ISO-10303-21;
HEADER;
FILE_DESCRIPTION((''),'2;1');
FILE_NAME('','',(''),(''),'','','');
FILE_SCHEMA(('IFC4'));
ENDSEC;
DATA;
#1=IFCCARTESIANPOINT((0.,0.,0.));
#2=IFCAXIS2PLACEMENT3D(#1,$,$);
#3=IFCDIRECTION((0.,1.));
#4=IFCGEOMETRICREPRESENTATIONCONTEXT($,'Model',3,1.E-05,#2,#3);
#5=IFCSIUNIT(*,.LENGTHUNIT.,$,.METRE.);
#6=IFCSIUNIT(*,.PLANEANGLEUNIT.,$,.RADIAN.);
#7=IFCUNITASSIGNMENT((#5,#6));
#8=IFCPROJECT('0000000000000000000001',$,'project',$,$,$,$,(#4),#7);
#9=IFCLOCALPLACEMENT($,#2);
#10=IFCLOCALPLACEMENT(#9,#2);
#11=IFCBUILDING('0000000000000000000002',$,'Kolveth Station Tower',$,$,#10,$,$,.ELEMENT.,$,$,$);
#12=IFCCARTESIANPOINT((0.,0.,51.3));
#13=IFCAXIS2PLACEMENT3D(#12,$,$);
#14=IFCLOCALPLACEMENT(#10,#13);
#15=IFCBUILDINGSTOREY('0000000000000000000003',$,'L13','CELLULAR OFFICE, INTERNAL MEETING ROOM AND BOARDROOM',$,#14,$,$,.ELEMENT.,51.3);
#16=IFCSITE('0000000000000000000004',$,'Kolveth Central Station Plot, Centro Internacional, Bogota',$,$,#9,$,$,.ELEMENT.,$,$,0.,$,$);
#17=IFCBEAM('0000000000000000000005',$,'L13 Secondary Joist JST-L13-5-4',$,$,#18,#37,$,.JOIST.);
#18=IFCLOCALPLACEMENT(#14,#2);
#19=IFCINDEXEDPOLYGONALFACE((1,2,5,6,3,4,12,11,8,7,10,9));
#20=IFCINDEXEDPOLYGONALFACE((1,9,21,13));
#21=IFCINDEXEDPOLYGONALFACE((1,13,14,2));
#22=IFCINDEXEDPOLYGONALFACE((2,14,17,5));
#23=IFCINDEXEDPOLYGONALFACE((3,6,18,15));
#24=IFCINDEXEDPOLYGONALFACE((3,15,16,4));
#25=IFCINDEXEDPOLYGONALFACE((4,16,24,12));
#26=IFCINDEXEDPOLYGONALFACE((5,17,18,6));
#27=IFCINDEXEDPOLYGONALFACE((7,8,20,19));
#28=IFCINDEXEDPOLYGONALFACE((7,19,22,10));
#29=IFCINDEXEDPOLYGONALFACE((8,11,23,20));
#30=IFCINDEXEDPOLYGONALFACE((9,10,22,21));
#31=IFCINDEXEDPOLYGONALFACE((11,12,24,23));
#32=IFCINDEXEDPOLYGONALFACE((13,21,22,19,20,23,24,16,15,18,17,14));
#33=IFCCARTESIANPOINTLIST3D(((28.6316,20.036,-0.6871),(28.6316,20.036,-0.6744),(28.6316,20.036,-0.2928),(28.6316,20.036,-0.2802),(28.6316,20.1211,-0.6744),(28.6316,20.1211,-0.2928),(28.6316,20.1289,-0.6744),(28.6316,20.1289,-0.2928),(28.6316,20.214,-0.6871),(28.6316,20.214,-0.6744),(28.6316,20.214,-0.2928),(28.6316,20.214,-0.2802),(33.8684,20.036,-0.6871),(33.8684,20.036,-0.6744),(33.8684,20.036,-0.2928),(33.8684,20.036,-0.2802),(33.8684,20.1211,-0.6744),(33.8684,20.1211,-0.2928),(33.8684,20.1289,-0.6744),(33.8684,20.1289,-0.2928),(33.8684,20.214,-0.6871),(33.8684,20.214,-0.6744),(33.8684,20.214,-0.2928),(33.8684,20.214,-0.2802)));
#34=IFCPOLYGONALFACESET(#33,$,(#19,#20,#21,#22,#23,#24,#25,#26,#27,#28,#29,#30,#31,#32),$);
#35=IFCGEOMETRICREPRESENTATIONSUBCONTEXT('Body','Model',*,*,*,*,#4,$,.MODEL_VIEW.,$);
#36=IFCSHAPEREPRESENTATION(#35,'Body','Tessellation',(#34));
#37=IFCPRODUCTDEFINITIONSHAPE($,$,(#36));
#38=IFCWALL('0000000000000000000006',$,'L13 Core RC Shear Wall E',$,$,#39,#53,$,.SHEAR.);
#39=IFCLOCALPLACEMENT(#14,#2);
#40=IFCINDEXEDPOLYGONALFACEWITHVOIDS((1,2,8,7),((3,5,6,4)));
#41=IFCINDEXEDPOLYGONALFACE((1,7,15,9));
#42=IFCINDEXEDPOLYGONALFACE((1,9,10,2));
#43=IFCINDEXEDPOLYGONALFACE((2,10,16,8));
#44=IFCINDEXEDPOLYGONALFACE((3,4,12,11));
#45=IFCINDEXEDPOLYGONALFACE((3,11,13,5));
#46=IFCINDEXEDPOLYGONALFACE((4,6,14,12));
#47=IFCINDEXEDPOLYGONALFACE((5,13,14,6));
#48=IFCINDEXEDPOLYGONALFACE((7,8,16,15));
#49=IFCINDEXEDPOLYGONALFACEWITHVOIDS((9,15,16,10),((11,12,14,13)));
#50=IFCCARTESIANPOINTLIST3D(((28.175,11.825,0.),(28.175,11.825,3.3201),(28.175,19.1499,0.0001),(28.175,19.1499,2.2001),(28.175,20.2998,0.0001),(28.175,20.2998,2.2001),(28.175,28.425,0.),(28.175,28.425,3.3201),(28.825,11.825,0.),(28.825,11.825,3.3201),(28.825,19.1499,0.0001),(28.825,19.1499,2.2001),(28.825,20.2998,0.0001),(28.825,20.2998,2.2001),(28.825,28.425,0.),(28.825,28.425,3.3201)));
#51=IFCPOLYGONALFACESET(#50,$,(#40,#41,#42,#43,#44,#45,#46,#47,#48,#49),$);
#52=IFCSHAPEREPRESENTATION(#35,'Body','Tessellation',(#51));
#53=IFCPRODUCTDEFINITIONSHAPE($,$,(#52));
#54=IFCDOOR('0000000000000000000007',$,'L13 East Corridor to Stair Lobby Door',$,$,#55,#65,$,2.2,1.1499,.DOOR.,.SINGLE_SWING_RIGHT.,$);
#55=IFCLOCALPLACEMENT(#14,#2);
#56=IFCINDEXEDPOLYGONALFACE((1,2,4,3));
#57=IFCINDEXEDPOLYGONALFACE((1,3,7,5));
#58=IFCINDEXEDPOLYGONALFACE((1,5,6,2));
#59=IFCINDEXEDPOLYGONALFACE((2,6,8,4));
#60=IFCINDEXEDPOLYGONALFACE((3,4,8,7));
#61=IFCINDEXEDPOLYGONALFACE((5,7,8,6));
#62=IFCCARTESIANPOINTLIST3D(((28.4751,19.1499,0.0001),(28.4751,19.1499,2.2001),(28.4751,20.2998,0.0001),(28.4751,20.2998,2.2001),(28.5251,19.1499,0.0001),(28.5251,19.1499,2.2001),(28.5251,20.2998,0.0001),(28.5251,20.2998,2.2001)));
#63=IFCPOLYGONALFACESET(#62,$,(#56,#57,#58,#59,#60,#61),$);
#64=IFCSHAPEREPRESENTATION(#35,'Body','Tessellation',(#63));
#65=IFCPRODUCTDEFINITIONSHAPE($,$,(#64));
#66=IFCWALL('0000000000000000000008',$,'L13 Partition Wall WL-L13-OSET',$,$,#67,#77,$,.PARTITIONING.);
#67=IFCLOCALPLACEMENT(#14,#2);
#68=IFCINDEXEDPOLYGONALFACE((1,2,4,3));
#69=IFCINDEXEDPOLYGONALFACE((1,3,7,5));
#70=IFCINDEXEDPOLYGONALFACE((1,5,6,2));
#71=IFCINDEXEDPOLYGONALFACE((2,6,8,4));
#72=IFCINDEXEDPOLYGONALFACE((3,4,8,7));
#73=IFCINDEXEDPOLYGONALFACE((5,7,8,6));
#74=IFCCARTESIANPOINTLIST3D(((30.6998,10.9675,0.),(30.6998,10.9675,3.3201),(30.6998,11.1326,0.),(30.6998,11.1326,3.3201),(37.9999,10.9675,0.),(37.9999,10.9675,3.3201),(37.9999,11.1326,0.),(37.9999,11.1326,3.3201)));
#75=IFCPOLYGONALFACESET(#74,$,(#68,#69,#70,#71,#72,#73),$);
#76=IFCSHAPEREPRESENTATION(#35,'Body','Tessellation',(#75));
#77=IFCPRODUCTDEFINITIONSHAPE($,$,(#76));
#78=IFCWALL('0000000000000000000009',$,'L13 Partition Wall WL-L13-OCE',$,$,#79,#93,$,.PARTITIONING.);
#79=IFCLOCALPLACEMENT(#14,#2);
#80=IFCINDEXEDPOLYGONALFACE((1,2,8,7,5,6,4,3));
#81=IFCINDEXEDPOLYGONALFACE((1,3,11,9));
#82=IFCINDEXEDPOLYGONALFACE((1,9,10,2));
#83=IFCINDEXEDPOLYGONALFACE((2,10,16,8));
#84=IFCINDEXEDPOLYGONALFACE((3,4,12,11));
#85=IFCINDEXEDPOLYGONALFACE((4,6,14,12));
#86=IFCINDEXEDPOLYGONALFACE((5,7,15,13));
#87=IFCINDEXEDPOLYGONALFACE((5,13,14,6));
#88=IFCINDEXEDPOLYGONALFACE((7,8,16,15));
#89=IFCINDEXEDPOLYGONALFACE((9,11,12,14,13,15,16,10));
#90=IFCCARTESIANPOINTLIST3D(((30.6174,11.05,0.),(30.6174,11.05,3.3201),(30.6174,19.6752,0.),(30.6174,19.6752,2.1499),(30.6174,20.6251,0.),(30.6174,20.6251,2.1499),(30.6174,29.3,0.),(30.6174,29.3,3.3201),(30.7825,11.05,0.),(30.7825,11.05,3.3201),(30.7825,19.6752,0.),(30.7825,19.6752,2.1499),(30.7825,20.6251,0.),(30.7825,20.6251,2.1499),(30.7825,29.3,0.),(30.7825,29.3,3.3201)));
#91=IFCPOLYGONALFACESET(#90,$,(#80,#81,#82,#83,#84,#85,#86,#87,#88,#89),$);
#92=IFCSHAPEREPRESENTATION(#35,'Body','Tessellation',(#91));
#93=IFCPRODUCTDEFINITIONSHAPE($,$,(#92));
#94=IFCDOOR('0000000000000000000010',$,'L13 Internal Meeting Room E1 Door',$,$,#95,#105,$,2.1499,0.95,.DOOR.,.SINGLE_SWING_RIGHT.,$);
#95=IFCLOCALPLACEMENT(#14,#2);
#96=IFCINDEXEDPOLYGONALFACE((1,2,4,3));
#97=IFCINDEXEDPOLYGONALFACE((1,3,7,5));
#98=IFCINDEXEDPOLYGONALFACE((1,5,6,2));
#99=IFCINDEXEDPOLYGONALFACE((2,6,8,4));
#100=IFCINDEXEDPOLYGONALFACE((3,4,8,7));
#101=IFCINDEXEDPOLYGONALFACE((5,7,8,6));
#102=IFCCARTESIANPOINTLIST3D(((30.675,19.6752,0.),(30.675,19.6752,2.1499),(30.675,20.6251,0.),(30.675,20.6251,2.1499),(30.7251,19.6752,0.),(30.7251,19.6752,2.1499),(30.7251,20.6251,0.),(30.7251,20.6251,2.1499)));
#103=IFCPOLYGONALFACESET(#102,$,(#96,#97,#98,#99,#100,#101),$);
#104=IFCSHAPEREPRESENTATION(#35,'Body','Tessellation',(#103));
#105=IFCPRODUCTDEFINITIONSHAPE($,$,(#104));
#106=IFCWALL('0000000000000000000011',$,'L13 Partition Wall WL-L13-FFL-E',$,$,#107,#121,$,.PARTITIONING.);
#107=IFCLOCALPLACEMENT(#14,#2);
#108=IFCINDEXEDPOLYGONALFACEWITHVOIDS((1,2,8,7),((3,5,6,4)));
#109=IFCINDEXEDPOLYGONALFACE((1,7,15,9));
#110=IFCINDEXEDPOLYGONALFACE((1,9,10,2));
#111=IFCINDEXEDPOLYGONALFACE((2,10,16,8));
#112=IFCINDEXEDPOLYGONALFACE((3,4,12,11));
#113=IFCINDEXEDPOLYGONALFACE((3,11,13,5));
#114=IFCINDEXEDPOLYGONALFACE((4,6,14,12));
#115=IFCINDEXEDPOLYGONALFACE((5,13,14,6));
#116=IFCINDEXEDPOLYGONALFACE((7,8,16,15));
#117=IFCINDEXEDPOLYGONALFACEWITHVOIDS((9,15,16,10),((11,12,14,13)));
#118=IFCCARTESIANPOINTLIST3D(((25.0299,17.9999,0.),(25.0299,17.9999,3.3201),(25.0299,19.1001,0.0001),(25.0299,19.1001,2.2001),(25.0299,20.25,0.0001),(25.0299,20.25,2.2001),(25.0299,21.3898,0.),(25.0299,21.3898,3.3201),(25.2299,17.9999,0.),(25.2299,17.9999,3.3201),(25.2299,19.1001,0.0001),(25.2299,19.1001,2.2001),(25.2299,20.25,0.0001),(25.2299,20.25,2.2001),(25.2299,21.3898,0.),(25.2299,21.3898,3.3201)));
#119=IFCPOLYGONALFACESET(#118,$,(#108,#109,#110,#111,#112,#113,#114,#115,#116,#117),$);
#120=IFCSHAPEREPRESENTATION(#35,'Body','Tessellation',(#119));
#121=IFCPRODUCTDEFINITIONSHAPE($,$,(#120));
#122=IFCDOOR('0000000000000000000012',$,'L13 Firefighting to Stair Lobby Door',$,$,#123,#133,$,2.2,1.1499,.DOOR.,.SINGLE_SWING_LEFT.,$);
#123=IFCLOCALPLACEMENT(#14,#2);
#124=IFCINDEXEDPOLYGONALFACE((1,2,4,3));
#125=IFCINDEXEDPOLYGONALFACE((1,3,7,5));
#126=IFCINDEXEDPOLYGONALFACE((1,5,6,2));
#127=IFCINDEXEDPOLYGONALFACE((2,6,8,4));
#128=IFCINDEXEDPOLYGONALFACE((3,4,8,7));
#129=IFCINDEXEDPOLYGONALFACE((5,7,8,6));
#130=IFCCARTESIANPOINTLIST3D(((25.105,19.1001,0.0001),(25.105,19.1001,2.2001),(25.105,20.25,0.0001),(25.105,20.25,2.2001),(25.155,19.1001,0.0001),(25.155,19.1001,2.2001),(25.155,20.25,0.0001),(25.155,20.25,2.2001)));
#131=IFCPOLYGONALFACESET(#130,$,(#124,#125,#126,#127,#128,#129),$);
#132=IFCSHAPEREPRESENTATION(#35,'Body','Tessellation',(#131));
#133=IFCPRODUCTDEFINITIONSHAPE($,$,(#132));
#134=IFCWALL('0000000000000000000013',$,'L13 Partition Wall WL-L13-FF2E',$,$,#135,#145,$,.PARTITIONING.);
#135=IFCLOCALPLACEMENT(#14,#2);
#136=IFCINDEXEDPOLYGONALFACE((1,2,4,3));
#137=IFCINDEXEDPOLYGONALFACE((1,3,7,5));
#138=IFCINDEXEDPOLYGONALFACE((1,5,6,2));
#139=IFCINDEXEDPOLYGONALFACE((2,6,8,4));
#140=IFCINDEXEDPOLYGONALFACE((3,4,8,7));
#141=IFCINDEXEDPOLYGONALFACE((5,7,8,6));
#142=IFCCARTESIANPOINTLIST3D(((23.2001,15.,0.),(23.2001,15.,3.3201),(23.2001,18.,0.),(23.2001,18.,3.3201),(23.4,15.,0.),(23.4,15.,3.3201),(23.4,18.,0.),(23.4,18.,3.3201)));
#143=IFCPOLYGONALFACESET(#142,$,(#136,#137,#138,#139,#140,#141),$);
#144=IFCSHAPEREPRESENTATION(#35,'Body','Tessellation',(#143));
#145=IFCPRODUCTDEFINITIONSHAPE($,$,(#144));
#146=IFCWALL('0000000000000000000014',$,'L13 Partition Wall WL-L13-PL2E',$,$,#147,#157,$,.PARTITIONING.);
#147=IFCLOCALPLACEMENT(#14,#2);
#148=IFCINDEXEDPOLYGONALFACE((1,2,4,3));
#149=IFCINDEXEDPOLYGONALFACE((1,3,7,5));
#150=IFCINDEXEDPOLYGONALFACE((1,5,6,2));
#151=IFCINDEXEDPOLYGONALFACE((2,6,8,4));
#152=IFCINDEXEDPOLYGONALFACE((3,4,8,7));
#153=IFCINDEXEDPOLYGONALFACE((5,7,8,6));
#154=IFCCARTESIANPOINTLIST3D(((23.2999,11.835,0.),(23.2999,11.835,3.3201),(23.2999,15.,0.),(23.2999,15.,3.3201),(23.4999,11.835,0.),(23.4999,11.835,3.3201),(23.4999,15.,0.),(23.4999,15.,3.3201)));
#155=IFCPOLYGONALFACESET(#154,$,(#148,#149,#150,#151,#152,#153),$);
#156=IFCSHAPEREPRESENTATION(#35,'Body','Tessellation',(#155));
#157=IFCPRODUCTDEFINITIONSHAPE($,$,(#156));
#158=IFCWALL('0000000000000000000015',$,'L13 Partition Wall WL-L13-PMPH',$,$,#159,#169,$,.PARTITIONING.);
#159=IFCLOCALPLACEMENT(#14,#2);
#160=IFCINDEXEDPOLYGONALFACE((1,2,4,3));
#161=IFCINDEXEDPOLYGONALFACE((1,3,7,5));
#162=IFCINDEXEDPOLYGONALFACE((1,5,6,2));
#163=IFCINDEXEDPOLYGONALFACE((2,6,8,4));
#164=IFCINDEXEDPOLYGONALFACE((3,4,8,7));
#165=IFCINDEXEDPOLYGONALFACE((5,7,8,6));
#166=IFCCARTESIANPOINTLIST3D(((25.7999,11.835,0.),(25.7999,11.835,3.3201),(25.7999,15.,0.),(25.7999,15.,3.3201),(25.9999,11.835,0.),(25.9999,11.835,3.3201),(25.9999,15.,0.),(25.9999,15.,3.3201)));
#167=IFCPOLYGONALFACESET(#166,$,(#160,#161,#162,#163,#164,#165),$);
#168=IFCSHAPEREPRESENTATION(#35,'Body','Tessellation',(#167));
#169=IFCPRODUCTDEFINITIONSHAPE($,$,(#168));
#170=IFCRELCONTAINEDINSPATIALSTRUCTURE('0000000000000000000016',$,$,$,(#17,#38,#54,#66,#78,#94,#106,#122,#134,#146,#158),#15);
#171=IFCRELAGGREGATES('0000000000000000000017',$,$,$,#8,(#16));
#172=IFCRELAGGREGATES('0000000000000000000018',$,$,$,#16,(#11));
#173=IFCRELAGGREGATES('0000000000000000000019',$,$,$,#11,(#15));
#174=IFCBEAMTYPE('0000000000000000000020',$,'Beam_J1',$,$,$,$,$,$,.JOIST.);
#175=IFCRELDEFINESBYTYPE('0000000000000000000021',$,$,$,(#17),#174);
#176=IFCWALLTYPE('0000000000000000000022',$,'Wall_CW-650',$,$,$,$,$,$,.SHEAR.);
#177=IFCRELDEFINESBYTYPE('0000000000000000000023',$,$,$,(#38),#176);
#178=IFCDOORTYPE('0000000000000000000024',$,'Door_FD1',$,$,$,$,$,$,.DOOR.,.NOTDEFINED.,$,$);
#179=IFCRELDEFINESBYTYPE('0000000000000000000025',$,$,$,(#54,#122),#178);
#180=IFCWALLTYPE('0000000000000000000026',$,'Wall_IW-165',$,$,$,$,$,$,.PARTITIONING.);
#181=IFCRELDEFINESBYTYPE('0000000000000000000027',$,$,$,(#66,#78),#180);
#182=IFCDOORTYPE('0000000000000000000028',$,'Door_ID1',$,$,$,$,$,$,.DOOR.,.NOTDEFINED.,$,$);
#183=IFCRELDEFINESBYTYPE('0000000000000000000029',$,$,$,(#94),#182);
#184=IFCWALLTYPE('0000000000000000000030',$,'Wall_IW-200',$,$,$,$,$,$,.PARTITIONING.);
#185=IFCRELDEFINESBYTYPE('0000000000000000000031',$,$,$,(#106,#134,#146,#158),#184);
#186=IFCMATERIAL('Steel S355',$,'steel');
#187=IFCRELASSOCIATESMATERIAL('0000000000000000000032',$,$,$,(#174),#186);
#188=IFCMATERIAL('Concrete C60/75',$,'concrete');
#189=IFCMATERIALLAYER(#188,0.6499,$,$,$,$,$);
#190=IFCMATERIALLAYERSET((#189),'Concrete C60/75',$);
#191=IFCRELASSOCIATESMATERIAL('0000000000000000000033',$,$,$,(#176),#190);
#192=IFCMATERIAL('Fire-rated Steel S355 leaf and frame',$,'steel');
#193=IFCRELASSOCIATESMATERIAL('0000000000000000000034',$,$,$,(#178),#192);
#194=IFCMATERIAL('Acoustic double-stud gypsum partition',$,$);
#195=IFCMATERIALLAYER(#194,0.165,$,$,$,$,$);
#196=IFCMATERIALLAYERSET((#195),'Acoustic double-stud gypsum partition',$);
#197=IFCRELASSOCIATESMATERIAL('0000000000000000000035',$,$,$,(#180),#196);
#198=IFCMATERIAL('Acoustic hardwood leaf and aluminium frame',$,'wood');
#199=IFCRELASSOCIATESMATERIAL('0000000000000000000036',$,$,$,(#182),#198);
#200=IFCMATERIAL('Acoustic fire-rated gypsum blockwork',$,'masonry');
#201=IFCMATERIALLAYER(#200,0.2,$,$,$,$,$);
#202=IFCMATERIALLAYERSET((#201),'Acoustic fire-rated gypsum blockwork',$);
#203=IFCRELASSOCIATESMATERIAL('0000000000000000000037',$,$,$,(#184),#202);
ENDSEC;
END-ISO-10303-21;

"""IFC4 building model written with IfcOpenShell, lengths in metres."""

from ifc_helpers import new_model, si_unit, direction, frame, frame_2d, origin, origin_2d, place, context, subcontext, project, spatial, rectangle, i_section, extrude, source, transform, mapped, material, layer, layer_set, material_profile, profile_set, type_object, element, fill, save


model = new_model("IFC4")

# Units and contexts
model_context = context("Model", 3, precision=1e-05, world=origin(), true_north=direction((0.0, 1.0)))
body_context = subcontext(model_context, "Body", "Model", "MODEL_VIEW")
ifc_project = project(units=[si_unit("LENGTHUNIT", "METRE"), si_unit("PLANEANGLEUNIT", "RADIAN")], contexts=[model_context])

# Site, building, storey
site_placement = place(None, origin())
site = spatial("IfcSite", under=ifc_project, at=site_placement, Name="Kolveth Central Station Plot, Centro Internacional, Bogota", CompositionType="ELEMENT", RefElevation=0.0)
building_placement = place(site_placement, origin())
building = spatial("IfcBuilding", under=site, at=building_placement, Name="Kolveth Station Tower", CompositionType="ELEMENT")
storey_placement = place(building_placement, frame((0.0, 0.0, 51.3)))
storey = spatial("IfcBuildingStorey", under=building, at=storey_placement, Name="L13", Description="CELLULAR OFFICE, INTERNAL MEETING ROOM AND BOARDROOM", CompositionType="ELEMENT", Elevation=51.3)

# Beam
ifc_material_1 = material(Name="Steel S355", Category="steel")
ifc_material_profile_1 = material_profile(ifc_material_1, i_section(OverallWidth=0.178, OverallDepth=0.407, WebThickness=0.0078, FlangeThickness=0.0127, at=origin_2d()), Name="W410x60")
ifc_profile_set_1 = profile_set([ifc_material_profile_1], Name="Steel S355")
beam_type_1 = type_object("IfcBeamType", Name="Beam_J1", PredefinedType="JOIST", material=ifc_profile_set_1)
shared_shape_1 = source(origin(), body_context, "Body", "SweptSolid", [
    extrude(i_section(OverallWidth=0.178, OverallDepth=0.407, WebThickness=0.0078, FlangeThickness=0.0127, at=origin_2d()), origin(), (0.0, 0.0, 1.0), 5.2368),
])
for number, where, z_axis, x_axis, name in (
    (1, (28.6316, 20.125, -0.4836), (1.0, 0.0, 0.0), (0.0, 1.0, 0.0), "L13 Secondary Joist JST-L13-5-4"),
):
    element("IfcBeam", number, at=place(storey_placement, frame(where, z_axis=z_axis, x_axis=x_axis)), inside=storey, type_object=beam_type_1, Name=name, PredefinedType="JOIST", context=body_context, shape_type="MappedRepresentation", body=[
        mapped(shared_shape_1, transform((0.0, 0.0, 0.0), x_axis=(1.0, 0.0, 0.0), y_axis=(0.0, 1.0, 0.0), z_axis=(0.0, 0.0, 1.0), scale=1.0)),
    ])

# Wall, opening, door
ifc_material_2 = material(Name="Concrete C60/75", Category="concrete")
ifc_layer_1 = layer(ifc_material_2, 0.6499)
ifc_layer_set_1 = layer_set([ifc_layer_1], Name="Concrete C60/75")
wall_type_1 = type_object("IfcWallType", Name="Wall_CW-650", PredefinedType="SHEAR", material=ifc_layer_set_1)
wall_1_placement = place(storey_placement, frame((28.5, 11.825, 0.0), z_axis=(0.0, 0.0, 1.0), x_axis=(0.0, 1.0, 0.0)))
wall_1 = element("IfcWall", 2, at=wall_1_placement, inside=storey, type_object=wall_type_1, Name="L13 Core RC Shear Wall E", PredefinedType="SHEAR", context=body_context, shape_type="SweptSolid", body=[
    extrude(rectangle(XDim=16.6001, YDim=0.6499, at=frame_2d((8.3, 0.0))), origin(), (0.0, 0.0, 1.0), 3.3201),
])
opening_1_placement = place(wall_1_placement, frame((7.325, 0.0, 0.0)))
opening_1 = element("IfcOpeningElement", 3, at=opening_1_placement, cuts=wall_1, PredefinedType="OPENING", context=body_context, shape_type="SweptSolid", body=[
    extrude(rectangle(XDim=1.1499, YDim=2.2, at=frame_2d((0.575, 1.1001))), frame((0.0, 0.335, 0.0), z_axis=(0.0, -1.0, 0.0), x_axis=(1.0, 0.0, 0.0)), (0.0, 0.0, 1.0), 0.6699),
])
ifc_material_3 = material(Name="Fire-rated Steel S355 leaf and frame", Category="steel")
door_type_1 = type_object("IfcDoorType", Name="Door_FD1", OperationType="NOTDEFINED", PredefinedType="DOOR", material=ifc_material_3)
door_1_placement = place(opening_1_placement, origin())
door_1 = element("IfcDoor", 4, at=door_1_placement, inside=storey, type_object=door_type_1, Name="L13 East Corridor to Stair Lobby Door", OperationType="SINGLE_SWING_RIGHT", OverallHeight=2.2, OverallWidth=1.1499, PredefinedType="DOOR", context=body_context, shape_type="SweptSolid", body=[
    extrude(rectangle(XDim=1.1499, YDim=2.2, at=frame_2d((0.575, 1.1001))), frame((0.0, 0.0249, 0.0), z_axis=(0.0, -1.0, 0.0), x_axis=(1.0, 0.0, 0.0)), (0.0, 0.0, 1.0), 0.05),
])
fill(opening_1, door_1)

# Wall
ifc_material_4 = material(Name="Acoustic double-stud gypsum partition")
ifc_layer_2 = layer(ifc_material_4, 0.165)
ifc_layer_set_2 = layer_set([ifc_layer_2], Name="Acoustic double-stud gypsum partition")
wall_type_2 = type_object("IfcWallType", Name="Wall_IW-165", PredefinedType="PARTITIONING", material=ifc_layer_set_2)
wall_2_placement = place(storey_placement, frame((30.7, 11.05, 0.0), z_axis=(0.0, 0.0, 1.0), x_axis=(1.0, 0.0, 0.0)))
element("IfcWall", 5, at=wall_2_placement, inside=storey, type_object=wall_type_2, Name="L13 Partition Wall WL-L13-OSET", PredefinedType="PARTITIONING", context=body_context, shape_type="SweptSolid", body=[
    extrude(rectangle(XDim=7.3, YDim=0.165, at=frame_2d((3.6499, 0.0))), origin(), (0.0, 0.0, 1.0), 3.3201),
])

# Walls, openings, doors
wall_3_placement = place(storey_placement, frame((30.7, 11.05, 0.0), z_axis=(0.0, 0.0, 1.0), x_axis=(0.0, 1.0, 0.0)))
wall_3 = element("IfcWall", 6, at=wall_3_placement, inside=storey, type_object=wall_type_2, Name="L13 Partition Wall WL-L13-OCE", PredefinedType="PARTITIONING", context=body_context, shape_type="SweptSolid", body=[
    extrude(rectangle(XDim=18.25, YDim=0.165, at=frame_2d((9.125, 0.0))), origin(), (0.0, 0.0, 1.0), 3.3201),
])
opening_2_placement = place(wall_3_placement, frame((8.625, 0.0, 0.0)))
opening_2 = element("IfcOpeningElement", 7, at=opening_2_placement, cuts=wall_3, PredefinedType="OPENING", context=body_context, shape_type="SweptSolid", body=[
    extrude(rectangle(XDim=0.95, YDim=2.1499, at=frame_2d((0.4751, 1.075))), frame((0.0, 0.0925, 0.0), z_axis=(0.0, -1.0, 0.0), x_axis=(1.0, 0.0, 0.0)), (0.0, 0.0, 1.0), 0.1851),
])
ifc_material_5 = material(Name="Acoustic hardwood leaf and aluminium frame", Category="wood")
door_type_2 = type_object("IfcDoorType", Name="Door_ID1", OperationType="NOTDEFINED", PredefinedType="DOOR", material=ifc_material_5)
door_2_placement = place(opening_2_placement, origin())
door_2 = element("IfcDoor", 8, at=door_2_placement, inside=storey, type_object=door_type_2, Name="L13 Internal Meeting Room E1 Door", OperationType="SINGLE_SWING_RIGHT", OverallHeight=2.1499, OverallWidth=0.95, PredefinedType="DOOR", context=body_context, shape_type="SweptSolid", body=[
    extrude(rectangle(XDim=0.95, YDim=2.1499, at=frame_2d((0.4751, 1.075))), frame((0.0, 0.0249, 0.0), z_axis=(0.0, -1.0, 0.0), x_axis=(1.0, 0.0, 0.0)), (0.0, 0.0, 1.0), 0.05),
])
fill(opening_2, door_2)
ifc_material_6 = material(Name="Acoustic fire-rated gypsum blockwork", Category="masonry")
ifc_layer_3 = layer(ifc_material_6, 0.2)
ifc_layer_set_3 = layer_set([ifc_layer_3], Name="Acoustic fire-rated gypsum blockwork")
wall_type_3 = type_object("IfcWallType", Name="Wall_IW-200", PredefinedType="PARTITIONING", material=ifc_layer_set_3)
wall_4_placement = place(storey_placement, frame((25.1299, 18.0, 0.0), z_axis=(0.0, 0.0, 1.0), x_axis=(0.0, 1.0, 0.0)))
wall_4 = element("IfcWall", 9, at=wall_4_placement, inside=storey, type_object=wall_type_3, Name="L13 Partition Wall WL-L13-FFL-E", PredefinedType="PARTITIONING", context=body_context, shape_type="SweptSolid", body=[
    extrude(rectangle(XDim=3.3899, YDim=0.2, at=frame_2d((1.6948, 0.0))), origin(), (0.0, 0.0, 1.0), 3.3201),
])
opening_3_placement = place(wall_4_placement, frame((1.1001, 0.0, 0.0)))
opening_3 = element("IfcOpeningElement", 10, at=opening_3_placement, cuts=wall_4, PredefinedType="OPENING", context=body_context, shape_type="SweptSolid", body=[
    extrude(rectangle(XDim=1.1499, YDim=2.2, at=frame_2d((0.575, 1.1001))), frame((0.0, 0.1099, 0.0), z_axis=(0.0, -1.0, 0.0), x_axis=(1.0, 0.0, 0.0)), (0.0, 0.0, 1.0), 0.22),
])
door_3_placement = place(opening_3_placement, origin())
door_3 = element("IfcDoor", 11, at=door_3_placement, inside=storey, type_object=door_type_1, Name="L13 Firefighting to Stair Lobby Door", OperationType="SINGLE_SWING_LEFT", OverallHeight=2.2, OverallWidth=1.1499, PredefinedType="DOOR", context=body_context, shape_type="SweptSolid", body=[
    extrude(rectangle(XDim=1.1499, YDim=2.2, at=frame_2d((0.575, 1.1001))), frame((0.0, 0.0249, 0.0), z_axis=(0.0, -1.0, 0.0), x_axis=(1.0, 0.0, 0.0)), (0.0, 0.0, 1.0), 0.05),
])
fill(opening_3, door_3)

# Walls
wall_5_placement = place(storey_placement, frame((23.3, 15.0, 0.0), z_axis=(0.0, 0.0, 1.0), x_axis=(0.0, 1.0, 0.0)))
element("IfcWall", 12, at=wall_5_placement, inside=storey, type_object=wall_type_3, Name="L13 Partition Wall WL-L13-FF2E", PredefinedType="PARTITIONING", context=body_context, shape_type="SweptSolid", body=[
    extrude(rectangle(XDim=3.0, YDim=0.2, at=frame_2d((1.5, 0.0))), origin(), (0.0, 0.0, 1.0), 3.3201),
])
for number, where, z_axis, x_axis, name in (
    (13, (23.3999, 11.835, 0.0), (0.0, 0.0, 1.0), (0.0, 1.0, 0.0), "L13 Partition Wall WL-L13-PL2E"),
    (14, (25.8999, 11.835, 0.0), (0.0, 0.0, 1.0), (0.0, 1.0, 0.0), "L13 Partition Wall WL-L13-PMPH"),
):
    element("IfcWall", number, at=place(storey_placement, frame(where, z_axis=z_axis, x_axis=x_axis)), inside=storey, type_object=wall_type_3, Name=name, PredefinedType="PARTITIONING", context=body_context, shape_type="SweptSolid", body=[
        extrude(rectangle(XDim=3.165, YDim=0.2, at=frame_2d((1.5825, 0.0))), origin(), (0.0, 0.0, 1.0), 3.3201),
    ])

save(model, "model.ifc")
